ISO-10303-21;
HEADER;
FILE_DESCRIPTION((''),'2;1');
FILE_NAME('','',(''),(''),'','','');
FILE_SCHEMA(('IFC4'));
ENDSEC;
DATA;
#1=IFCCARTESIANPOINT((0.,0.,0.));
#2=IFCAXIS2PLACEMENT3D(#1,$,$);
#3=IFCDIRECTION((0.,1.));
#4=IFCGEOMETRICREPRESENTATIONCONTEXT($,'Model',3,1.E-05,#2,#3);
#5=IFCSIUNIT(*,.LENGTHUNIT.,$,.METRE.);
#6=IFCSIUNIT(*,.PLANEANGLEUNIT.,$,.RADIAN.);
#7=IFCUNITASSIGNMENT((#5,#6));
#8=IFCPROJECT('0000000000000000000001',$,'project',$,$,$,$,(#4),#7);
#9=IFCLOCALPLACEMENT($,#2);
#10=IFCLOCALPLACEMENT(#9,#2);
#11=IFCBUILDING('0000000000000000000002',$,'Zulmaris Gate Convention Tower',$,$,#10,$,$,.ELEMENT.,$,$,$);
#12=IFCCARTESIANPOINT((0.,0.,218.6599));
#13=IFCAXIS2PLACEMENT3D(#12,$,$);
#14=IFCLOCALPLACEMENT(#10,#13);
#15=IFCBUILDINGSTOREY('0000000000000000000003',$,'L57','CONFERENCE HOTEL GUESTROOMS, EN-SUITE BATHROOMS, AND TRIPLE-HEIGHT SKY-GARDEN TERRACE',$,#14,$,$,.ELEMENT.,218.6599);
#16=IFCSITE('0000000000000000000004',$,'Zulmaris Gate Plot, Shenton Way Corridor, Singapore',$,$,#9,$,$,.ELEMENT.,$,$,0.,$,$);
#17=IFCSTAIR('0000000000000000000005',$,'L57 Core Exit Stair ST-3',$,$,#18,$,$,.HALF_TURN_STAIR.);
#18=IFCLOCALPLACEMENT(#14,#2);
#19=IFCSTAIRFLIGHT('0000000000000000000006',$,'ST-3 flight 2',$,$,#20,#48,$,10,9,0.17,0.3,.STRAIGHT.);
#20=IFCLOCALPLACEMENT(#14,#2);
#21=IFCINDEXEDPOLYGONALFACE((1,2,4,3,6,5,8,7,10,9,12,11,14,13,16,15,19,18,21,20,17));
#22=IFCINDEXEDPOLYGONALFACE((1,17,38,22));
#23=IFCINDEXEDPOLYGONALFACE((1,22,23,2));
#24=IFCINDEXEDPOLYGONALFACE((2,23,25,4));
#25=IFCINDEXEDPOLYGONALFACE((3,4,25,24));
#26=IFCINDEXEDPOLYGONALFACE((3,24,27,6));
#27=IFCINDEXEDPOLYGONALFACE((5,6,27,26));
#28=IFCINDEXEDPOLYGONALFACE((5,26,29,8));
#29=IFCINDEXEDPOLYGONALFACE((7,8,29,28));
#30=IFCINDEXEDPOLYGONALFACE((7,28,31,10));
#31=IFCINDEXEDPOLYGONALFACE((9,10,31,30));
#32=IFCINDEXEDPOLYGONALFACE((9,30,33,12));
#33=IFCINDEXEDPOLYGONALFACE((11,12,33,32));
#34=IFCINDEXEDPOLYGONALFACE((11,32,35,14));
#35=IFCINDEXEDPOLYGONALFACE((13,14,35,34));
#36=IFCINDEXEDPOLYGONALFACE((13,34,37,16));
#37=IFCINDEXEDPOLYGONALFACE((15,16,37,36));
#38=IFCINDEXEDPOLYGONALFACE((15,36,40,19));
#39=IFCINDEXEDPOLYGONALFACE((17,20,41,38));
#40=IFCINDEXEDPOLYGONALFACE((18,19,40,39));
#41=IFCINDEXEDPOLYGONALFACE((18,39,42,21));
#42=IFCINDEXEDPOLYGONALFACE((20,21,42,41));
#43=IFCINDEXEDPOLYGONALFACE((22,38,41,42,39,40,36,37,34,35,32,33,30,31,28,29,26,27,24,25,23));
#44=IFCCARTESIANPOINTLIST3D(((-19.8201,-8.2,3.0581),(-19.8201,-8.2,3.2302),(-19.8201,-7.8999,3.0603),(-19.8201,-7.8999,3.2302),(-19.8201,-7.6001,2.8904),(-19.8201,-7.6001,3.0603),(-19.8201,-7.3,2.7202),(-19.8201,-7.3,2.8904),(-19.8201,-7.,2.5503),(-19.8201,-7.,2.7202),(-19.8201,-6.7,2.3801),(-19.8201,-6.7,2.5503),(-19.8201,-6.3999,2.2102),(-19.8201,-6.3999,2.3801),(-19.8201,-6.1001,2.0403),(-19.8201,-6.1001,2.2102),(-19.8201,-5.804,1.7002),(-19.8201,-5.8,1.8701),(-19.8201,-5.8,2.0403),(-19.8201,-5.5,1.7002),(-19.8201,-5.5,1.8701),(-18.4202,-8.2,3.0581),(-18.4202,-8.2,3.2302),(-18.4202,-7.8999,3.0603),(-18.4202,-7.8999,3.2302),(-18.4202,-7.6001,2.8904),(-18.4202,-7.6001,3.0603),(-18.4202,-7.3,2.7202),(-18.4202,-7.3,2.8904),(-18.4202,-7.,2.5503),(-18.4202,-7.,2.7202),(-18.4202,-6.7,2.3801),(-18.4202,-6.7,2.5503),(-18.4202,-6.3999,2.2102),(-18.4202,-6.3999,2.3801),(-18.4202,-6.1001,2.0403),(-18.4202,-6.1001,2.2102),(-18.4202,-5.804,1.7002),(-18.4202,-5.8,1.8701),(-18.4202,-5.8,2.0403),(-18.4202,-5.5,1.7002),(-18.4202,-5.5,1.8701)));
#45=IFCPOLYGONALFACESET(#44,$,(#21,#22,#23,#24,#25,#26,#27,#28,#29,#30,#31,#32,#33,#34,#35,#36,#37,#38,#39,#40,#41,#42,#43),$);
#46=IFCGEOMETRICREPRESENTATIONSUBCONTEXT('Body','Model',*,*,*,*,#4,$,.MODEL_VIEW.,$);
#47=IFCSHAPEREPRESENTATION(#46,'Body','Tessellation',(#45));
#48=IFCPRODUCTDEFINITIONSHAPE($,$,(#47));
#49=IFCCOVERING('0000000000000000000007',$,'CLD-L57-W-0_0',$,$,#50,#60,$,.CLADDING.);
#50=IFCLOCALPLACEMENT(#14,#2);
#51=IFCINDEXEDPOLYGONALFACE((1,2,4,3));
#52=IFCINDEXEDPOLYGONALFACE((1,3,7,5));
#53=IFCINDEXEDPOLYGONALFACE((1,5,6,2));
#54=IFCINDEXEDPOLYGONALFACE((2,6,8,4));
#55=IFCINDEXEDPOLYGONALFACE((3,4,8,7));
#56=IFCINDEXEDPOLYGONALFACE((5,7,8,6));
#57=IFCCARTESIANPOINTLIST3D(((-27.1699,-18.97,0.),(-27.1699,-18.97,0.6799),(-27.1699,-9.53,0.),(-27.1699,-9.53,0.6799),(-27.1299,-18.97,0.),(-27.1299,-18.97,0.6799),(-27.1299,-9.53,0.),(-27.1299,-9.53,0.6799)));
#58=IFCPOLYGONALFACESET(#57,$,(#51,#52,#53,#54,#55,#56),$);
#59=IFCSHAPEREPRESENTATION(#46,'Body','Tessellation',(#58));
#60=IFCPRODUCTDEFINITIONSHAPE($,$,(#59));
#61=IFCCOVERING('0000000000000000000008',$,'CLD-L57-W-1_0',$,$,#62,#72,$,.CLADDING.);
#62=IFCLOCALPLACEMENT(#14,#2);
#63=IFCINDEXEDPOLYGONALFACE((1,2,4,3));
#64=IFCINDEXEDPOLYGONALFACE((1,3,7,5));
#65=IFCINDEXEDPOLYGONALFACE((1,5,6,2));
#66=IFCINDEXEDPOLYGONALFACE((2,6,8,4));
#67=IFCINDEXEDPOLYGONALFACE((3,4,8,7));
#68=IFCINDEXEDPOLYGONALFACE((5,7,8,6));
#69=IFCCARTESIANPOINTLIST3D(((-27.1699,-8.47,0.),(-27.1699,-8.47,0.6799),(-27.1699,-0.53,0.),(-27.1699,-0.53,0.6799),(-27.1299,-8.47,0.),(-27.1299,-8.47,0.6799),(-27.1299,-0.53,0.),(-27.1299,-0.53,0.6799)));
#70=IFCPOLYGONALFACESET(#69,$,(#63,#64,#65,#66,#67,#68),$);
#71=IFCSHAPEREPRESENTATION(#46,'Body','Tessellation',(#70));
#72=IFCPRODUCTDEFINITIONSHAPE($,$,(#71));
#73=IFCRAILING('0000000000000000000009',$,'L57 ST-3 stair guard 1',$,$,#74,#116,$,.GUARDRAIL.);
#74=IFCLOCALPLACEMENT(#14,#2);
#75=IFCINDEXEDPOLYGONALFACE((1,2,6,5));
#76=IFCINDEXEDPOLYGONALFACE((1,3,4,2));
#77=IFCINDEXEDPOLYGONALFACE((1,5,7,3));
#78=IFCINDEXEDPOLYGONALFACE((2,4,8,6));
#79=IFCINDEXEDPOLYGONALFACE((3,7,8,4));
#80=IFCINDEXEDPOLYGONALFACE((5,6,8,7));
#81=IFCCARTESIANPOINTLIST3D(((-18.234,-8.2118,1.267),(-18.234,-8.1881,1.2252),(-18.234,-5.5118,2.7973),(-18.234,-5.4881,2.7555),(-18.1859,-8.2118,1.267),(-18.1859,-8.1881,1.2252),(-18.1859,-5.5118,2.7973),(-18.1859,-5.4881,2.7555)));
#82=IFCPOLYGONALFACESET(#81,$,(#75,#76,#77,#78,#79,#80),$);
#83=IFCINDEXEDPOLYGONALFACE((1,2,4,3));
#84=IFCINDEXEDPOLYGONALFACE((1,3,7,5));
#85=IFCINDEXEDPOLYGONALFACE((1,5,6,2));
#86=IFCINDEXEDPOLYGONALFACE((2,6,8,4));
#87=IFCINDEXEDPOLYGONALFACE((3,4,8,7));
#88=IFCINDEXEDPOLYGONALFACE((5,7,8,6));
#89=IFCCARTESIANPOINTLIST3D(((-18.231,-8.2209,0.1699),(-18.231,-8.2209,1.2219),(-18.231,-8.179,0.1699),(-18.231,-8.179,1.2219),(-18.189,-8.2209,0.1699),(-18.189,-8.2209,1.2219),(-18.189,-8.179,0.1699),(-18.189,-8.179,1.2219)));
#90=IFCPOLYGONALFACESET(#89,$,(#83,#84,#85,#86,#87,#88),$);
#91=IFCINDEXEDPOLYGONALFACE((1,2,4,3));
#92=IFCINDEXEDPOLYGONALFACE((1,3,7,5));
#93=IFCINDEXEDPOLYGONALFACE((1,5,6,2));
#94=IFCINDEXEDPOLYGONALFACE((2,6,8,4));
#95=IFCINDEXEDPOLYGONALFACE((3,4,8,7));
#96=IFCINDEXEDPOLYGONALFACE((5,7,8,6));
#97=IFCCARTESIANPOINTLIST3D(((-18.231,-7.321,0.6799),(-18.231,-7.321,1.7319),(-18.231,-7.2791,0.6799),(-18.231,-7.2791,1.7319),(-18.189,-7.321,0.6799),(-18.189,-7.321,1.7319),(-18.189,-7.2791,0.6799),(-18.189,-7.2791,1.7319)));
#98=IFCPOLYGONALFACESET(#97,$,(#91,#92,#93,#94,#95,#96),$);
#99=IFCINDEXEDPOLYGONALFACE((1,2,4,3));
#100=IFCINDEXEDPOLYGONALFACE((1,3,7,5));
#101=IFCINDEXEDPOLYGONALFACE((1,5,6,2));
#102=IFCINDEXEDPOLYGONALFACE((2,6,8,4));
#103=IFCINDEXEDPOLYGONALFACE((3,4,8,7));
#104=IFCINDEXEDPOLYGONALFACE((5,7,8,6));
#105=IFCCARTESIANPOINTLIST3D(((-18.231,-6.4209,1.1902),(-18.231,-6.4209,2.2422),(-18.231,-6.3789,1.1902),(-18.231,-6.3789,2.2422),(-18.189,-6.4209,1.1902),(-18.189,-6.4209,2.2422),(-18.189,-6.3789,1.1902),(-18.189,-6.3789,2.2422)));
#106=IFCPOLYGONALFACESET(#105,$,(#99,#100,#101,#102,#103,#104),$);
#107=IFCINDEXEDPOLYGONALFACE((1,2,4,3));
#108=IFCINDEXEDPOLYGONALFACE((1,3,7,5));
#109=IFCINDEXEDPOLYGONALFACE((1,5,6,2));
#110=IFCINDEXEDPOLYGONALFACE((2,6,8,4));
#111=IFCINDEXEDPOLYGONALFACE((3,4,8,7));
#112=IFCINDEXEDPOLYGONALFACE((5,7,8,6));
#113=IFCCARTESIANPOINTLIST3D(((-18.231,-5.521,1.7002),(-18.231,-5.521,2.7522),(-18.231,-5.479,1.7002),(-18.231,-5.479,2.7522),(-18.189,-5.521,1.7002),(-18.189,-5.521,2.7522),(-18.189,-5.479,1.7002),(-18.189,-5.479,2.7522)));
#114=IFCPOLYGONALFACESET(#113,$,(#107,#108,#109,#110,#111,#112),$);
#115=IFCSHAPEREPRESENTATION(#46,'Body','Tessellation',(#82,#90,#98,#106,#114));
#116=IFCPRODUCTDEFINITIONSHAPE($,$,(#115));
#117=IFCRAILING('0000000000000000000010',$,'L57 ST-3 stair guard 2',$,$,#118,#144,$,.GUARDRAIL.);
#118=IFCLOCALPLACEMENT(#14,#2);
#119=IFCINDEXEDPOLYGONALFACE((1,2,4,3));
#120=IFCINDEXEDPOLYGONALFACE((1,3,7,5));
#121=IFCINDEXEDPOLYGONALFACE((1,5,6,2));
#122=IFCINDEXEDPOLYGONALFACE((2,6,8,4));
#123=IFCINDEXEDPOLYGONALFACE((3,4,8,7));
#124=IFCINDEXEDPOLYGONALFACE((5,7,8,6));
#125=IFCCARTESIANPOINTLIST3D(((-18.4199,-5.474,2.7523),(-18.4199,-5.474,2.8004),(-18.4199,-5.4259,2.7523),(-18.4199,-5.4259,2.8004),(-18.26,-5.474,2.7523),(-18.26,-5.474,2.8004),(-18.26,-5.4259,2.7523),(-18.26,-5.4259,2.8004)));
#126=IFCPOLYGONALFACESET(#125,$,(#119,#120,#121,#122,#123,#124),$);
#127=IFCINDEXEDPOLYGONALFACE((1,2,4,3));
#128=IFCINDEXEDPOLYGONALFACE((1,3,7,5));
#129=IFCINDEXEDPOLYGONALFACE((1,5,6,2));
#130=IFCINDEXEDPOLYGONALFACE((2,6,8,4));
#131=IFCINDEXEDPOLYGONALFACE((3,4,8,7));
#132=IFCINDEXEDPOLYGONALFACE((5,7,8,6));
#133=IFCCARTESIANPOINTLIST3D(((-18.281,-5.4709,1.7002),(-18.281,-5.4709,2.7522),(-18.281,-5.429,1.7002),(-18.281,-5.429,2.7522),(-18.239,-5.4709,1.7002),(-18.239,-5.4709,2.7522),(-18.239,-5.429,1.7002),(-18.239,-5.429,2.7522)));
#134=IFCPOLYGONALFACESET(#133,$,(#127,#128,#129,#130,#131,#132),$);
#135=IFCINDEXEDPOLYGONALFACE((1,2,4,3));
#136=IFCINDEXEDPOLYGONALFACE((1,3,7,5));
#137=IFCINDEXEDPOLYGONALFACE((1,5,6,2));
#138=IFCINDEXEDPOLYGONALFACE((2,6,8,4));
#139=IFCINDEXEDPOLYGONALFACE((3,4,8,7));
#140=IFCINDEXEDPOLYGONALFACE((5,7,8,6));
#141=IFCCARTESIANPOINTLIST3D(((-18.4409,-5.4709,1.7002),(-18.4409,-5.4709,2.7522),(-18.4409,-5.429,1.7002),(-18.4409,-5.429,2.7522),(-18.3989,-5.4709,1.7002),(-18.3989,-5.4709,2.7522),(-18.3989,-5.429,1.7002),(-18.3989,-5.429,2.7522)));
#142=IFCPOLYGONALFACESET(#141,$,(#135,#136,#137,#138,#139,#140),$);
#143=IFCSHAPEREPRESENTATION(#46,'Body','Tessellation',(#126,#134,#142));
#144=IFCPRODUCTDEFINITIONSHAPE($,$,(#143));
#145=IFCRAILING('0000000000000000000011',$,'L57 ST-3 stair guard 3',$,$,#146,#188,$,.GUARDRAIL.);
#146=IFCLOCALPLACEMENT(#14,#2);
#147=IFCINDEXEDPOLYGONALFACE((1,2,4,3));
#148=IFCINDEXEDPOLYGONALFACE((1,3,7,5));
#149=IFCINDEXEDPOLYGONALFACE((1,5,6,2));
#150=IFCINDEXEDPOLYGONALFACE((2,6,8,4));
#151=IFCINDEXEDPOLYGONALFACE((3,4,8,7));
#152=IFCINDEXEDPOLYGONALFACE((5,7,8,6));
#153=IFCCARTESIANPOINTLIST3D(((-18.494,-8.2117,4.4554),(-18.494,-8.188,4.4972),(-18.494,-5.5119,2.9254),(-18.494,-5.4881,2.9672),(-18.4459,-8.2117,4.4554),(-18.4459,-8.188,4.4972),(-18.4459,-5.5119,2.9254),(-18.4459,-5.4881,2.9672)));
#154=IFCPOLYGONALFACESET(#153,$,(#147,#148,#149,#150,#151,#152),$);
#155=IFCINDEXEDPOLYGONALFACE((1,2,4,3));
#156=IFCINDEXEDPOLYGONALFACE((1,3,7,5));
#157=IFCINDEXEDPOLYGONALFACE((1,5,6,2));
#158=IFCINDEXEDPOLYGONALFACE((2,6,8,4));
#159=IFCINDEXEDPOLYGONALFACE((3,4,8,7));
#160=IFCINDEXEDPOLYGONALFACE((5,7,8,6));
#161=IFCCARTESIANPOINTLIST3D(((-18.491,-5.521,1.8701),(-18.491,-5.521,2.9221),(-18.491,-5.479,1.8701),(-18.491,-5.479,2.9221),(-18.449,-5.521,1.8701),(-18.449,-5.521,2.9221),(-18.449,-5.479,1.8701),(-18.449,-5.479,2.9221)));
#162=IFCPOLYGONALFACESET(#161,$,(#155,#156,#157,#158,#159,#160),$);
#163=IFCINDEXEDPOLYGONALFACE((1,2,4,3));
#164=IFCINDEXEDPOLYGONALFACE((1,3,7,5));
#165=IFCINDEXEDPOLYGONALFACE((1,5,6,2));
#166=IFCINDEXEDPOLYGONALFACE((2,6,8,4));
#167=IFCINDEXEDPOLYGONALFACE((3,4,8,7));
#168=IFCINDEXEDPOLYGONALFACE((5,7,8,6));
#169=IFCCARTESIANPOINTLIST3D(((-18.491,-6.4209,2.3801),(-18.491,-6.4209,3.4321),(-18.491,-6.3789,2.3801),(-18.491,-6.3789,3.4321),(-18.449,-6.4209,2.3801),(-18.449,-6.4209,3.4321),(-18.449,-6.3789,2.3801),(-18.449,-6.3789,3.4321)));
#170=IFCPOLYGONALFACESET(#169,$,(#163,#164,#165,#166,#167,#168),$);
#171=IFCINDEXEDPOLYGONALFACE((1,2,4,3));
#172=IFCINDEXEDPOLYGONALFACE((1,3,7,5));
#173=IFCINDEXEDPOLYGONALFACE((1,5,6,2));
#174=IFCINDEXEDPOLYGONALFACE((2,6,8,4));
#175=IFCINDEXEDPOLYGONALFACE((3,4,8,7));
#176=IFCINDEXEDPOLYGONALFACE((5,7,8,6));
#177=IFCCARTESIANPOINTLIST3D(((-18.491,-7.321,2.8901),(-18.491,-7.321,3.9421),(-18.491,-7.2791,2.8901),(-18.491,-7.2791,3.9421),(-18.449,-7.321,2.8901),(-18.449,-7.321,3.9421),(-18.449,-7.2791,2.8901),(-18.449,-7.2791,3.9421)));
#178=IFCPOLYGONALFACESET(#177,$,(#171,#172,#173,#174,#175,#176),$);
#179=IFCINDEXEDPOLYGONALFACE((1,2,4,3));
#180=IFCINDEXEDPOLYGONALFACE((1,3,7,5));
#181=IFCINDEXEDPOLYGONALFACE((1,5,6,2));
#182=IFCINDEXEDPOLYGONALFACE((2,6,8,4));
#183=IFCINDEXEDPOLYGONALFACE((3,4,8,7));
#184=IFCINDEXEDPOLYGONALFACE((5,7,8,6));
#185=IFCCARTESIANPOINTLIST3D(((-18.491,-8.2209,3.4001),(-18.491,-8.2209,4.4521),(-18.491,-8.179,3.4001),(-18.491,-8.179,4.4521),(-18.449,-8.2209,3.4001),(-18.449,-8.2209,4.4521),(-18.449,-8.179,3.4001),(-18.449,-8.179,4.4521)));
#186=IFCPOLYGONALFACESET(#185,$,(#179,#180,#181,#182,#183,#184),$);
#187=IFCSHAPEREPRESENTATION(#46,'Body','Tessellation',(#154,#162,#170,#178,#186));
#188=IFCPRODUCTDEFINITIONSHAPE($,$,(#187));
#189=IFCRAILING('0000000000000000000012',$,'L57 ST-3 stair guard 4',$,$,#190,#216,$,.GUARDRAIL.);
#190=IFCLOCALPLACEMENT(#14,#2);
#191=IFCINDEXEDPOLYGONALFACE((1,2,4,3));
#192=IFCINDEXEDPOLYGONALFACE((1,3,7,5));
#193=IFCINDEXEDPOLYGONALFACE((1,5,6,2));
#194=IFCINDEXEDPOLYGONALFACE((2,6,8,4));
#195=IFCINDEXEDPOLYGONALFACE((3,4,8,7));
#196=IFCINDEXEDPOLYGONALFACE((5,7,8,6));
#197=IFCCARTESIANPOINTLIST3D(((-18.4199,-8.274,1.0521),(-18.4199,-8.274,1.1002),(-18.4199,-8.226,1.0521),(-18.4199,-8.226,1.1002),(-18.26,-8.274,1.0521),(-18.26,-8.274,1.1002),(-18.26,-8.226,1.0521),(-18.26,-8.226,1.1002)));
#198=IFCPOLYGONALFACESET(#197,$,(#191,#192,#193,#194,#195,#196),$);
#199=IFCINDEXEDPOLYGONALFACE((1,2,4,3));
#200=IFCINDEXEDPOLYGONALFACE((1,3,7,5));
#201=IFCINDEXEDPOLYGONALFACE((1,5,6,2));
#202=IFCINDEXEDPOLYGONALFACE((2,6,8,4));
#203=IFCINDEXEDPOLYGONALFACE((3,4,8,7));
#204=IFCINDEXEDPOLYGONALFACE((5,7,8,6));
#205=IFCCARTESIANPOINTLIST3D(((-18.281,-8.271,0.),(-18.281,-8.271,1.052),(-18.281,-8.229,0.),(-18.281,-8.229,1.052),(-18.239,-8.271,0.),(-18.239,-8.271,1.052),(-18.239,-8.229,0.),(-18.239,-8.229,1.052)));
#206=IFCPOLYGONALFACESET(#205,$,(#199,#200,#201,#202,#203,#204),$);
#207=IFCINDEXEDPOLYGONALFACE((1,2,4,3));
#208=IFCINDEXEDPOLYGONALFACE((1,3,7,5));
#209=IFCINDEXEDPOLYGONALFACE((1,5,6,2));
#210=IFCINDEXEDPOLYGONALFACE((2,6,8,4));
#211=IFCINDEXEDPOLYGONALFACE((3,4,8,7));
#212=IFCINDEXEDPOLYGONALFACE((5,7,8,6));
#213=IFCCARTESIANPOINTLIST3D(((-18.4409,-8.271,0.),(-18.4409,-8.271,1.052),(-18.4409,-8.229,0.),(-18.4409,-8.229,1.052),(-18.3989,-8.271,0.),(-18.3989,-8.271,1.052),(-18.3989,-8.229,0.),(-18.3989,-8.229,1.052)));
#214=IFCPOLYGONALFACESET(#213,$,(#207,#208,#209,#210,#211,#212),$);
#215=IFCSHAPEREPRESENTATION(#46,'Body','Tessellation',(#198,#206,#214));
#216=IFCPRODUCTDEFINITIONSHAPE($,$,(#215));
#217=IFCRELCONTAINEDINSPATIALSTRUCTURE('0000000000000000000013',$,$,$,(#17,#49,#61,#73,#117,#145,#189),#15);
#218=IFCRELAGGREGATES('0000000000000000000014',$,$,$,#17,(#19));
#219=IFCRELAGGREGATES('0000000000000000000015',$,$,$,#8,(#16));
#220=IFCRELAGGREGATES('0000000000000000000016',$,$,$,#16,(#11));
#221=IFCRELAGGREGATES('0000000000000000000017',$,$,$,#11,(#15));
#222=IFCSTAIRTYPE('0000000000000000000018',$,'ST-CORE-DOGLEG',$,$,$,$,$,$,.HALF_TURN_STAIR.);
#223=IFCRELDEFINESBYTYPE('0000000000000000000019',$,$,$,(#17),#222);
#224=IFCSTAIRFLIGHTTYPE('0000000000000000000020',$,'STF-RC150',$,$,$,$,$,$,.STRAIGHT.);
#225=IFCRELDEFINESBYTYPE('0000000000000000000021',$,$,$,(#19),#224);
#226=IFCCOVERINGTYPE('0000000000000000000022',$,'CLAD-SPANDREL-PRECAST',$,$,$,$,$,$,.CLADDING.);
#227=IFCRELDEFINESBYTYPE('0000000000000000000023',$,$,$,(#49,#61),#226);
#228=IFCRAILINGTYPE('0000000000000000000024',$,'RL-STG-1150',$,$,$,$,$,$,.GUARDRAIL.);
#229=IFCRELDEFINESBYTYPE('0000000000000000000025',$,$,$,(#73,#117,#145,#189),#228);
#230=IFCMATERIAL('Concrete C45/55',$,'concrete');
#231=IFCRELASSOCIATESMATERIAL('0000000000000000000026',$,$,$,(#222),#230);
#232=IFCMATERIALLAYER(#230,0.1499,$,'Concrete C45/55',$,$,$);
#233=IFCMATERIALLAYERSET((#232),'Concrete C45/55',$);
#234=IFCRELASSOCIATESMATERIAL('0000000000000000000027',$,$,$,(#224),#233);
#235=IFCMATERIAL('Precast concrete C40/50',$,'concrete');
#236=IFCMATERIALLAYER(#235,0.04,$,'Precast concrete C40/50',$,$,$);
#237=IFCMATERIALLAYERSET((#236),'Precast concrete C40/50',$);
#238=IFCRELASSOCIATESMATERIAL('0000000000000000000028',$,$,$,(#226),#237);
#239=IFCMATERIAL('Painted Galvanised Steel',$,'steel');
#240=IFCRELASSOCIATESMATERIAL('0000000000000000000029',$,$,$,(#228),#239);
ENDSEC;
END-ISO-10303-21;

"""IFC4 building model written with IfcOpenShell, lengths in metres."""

from ifc_helpers import new_model, si_unit, direction, frame, frame_2d, origin, origin_2d, place, context, subcontext, project, spatial, polyline, rectangle, outline, extrude, material, layer, layer_set, type_object, element, aggregate, save


model = new_model("IFC4")

# Units and contexts
model_context = context("Model", 3, precision=1e-05, world=origin(), true_north=direction((0.0, 1.0)))
body_context = subcontext(model_context, "Body", "Model", "MODEL_VIEW")
ifc_project = project(units=[si_unit("LENGTHUNIT", "METRE"), si_unit("PLANEANGLEUNIT", "RADIAN")], contexts=[model_context])

# Site, building, storey
site_placement = place(None, origin())
site = spatial("IfcSite", under=ifc_project, at=site_placement, Name="Zulmaris Gate Plot, Shenton Way Corridor, Singapore", CompositionType="ELEMENT", RefElevation=0.0)
building_placement = place(site_placement, origin())
building = spatial("IfcBuilding", under=site, at=building_placement, Name="Zulmaris Gate Convention Tower", CompositionType="ELEMENT")
storey_placement = place(building_placement, frame((0.0, 0.0, 218.6599)))
storey = spatial("IfcBuildingStorey", under=building, at=storey_placement, Name="L57", Description="CONFERENCE HOTEL GUESTROOMS, EN-SUITE BATHROOMS, AND TRIPLE-HEIGHT SKY-GARDEN TERRACE", CompositionType="ELEMENT", Elevation=218.6599)

# Shared definitions
ifc_material_1 = material(Name="Precast concrete C40/50", Category="concrete")

# Stair, stair flight
ifc_material_2 = material(Name="Concrete C45/55", Category="concrete")
stair_type = type_object("IfcStairType", Name="ST-CORE-DOGLEG", PredefinedType="HALF_TURN_STAIR", material=ifc_material_2)
stair_placement = place(storey_placement, origin())
stair = element("IfcStair", 1, at=stair_placement, inside=storey, type_object=stair_type, Name="L57 Core Exit Stair ST-3", PredefinedType="HALF_TURN_STAIR")
ifc_layer_1 = layer(ifc_material_2, 0.1499, Name="Concrete C45/55")
ifc_layer_set_1 = layer_set([ifc_layer_1], Name="Concrete C45/55")
stair_flight_type = type_object("IfcStairFlightType", Name="STF-RC150", PredefinedType="STRAIGHT", material=ifc_layer_set_1)
stair_flight_placement = place(storey_placement, frame((-19.1201, -5.5, 1.7002), z_axis=(0.0, 0.0, 1.0), x_axis=(0.0, -1.0, 0.0)))
stair_flight = element("IfcStairFlight", 2, at=stair_flight_placement, type_object=stair_flight_type, Name="ST-3 flight 2", NumberOfRisers=10, NumberOfTreads=9, PredefinedType="STRAIGHT", RiserHeight=0.17, TreadLength=0.3, context=body_context, shape_type="SweptSolid", body=[
    extrude(outline(polyline([(0.0, 0.0), (0.0, 0.1699), (0.3, 0.1699), (0.3, 0.3401), (0.6001, 0.3401), (0.6001, 0.51), (0.8999, 0.51), (0.8999, 0.6799), (1.2, 0.6799), (1.2, 0.8501), (1.5, 0.8501), (1.5, 1.02), (1.8, 1.02), (1.8, 1.1902), (2.1001, 1.1902), (2.1001, 1.3601), (2.3999, 1.3601), (2.3999, 1.53), (2.7, 1.53), (2.7, 1.7002), (2.7, 1.3579), (0.304, 0.0), (0.0, 0.0)])), frame((0.0, 0.7, 0.0), z_axis=(0.0, -1.0, 0.0), x_axis=(1.0, 0.0, 0.0)), (0.0, 0.0, 1.0), 1.3999),
])
aggregate(stair, [stair_flight])

# Coverings
ifc_layer_2 = layer(ifc_material_1, 0.04, Name="Precast concrete C40/50")
ifc_layer_set_2 = layer_set([ifc_layer_2], Name="Precast concrete C40/50")
covering_type = type_object("IfcCoveringType", Name="CLAD-SPANDREL-PRECAST", PredefinedType="CLADDING", material=ifc_layer_set_2)
covering_1_placement = place(storey_placement, frame((-27.1499, -9.53, 0.0), z_axis=(0.0, 0.0, 1.0), x_axis=(0.0, -1.0, 0.0)))
element("IfcCovering", 3, at=covering_1_placement, inside=storey, type_object=covering_type, Name="CLD-L57-W-0_0", PredefinedType="CLADDING", context=body_context, shape_type="SweptSolid", body=[
    extrude(rectangle(XDim=9.4399, YDim=0.04, at=frame_2d((4.72, 0.0))), origin(), (0.0, 0.0, 1.0), 0.6799),
])
covering_2_placement = place(storey_placement, frame((-27.1499, -0.53, 0.0), z_axis=(0.0, 0.0, 1.0), x_axis=(0.0, -1.0, 0.0)))
element("IfcCovering", 4, at=covering_2_placement, inside=storey, type_object=covering_type, Name="CLD-L57-W-1_0", PredefinedType="CLADDING", context=body_context, shape_type="SweptSolid", body=[
    extrude(rectangle(XDim=7.9399, YDim=0.04, at=frame_2d((3.97, 0.0))), origin(), (0.0, 0.0, 1.0), 0.6799),
])

# Railings
ifc_material_3 = material(Name="Painted Galvanised Steel", Category="steel")
railing_type_1 = type_object("IfcRailingType", Name="RL-STG-1150", PredefinedType="GUARDRAIL", material=ifc_material_3)
railing_1_placement = place(storey_placement, frame((-18.21, -8.2, 0.1699)))
element("IfcRailing", 5, at=railing_1_placement, inside=storey, type_object=railing_type_1, Name="L57 ST-3 stair guard 1", PredefinedType="GUARDRAIL", context=body_context, shape_type="SweptSolid", body=[
    extrude(rectangle(XDim=0.0481, YDim=0.0481, at=origin_2d()), frame((0.0, 0.0, 1.0762), z_axis=(0.0, 0.869981, 0.493086), x_axis=(-1.0, 0.0, 0.0)), (0.0, 0.0, 1.0), 3.1035),
    extrude(rectangle(XDim=0.042, YDim=0.042, at=origin_2d()), origin(), (0.0, 0.0, 1.0), 1.052),
    extrude(rectangle(XDim=0.042, YDim=0.042, at=origin_2d()), frame((0.0, 0.8999, 0.51)), (0.0, 0.0, 1.0), 1.052),
    extrude(rectangle(XDim=0.042, YDim=0.042, at=origin_2d()), frame((0.0, 1.8, 1.0203)), (0.0, 0.0, 1.0), 1.052),
    extrude(rectangle(XDim=0.042, YDim=0.042, at=origin_2d()), frame((0.0, 2.7, 1.5303)), (0.0, 0.0, 1.0), 1.052),
])
railing_2_placement = place(storey_placement, frame((-18.26, -5.45, 1.7002)))
element("IfcRailing", 6, at=railing_2_placement, inside=storey, type_object=railing_type_1, Name="L57 ST-3 stair guard 2", PredefinedType="GUARDRAIL", context=body_context, shape_type="SweptSolid", body=[
    extrude(rectangle(XDim=0.0481, YDim=0.0481, at=origin_2d()), frame((0.0, 0.0, 1.0762), z_axis=(-1.0, 0.0, 0.0), x_axis=(0.0, -1.0, 0.0)), (0.0, 0.0, 1.0), 0.1599),
    extrude(rectangle(XDim=0.042, YDim=0.042, at=origin_2d()), origin(), (0.0, 0.0, 1.0), 1.052),
    extrude(rectangle(XDim=0.042, YDim=0.042, at=origin_2d()), frame((-0.1599, 0.0, 0.0)), (0.0, 0.0, 1.0), 1.052),
])
railing_3_placement = place(storey_placement, frame((-18.47, -5.5, 1.8701)))
element("IfcRailing", 7, at=railing_3_placement, inside=storey, type_object=railing_type_1, Name="L57 ST-3 stair guard 3", PredefinedType="GUARDRAIL", context=body_context, shape_type="SweptSolid", body=[
    extrude(rectangle(XDim=0.0481, YDim=0.0481, at=origin_2d()), frame((0.0, 0.0, 1.0762), z_axis=(0.0, -0.870014, 0.493026), x_axis=(1.0, 0.0, 0.0)), (0.0, 0.0, 1.0), 3.1033),
    extrude(rectangle(XDim=0.042, YDim=0.042, at=origin_2d()), origin(), (0.0, 0.0, 1.0), 1.052),
    extrude(rectangle(XDim=0.042, YDim=0.042, at=origin_2d()), frame((0.0, -0.8999, 0.51)), (0.0, 0.0, 1.0), 1.052),
    extrude(rectangle(XDim=0.042, YDim=0.042, at=origin_2d()), frame((0.0, -1.8, 1.02)), (0.0, 0.0, 1.0), 1.052),
    extrude(rectangle(XDim=0.042, YDim=0.042, at=origin_2d()), frame((0.0, -2.7, 1.53)), (0.0, 0.0, 1.0), 1.052),
])
railing_4_placement = place(storey_placement, frame((-18.26, -8.25, 0.0)))
element("IfcRailing", 8, at=railing_4_placement, inside=storey, type_object=railing_type_1, Name="L57 ST-3 stair guard 4", PredefinedType="GUARDRAIL", context=body_context, shape_type="SweptSolid", body=[
    extrude(rectangle(XDim=0.0481, YDim=0.0481, at=origin_2d()), frame((0.0, 0.0, 1.0762), z_axis=(-1.0, 0.0, 0.0), x_axis=(0.0, -1.0, 0.0)), (0.0, 0.0, 1.0), 0.1599),
    extrude(rectangle(XDim=0.042, YDim=0.042, at=origin_2d()), origin(), (0.0, 0.0, 1.0), 1.052),
    extrude(rectangle(XDim=0.042, YDim=0.042, at=origin_2d()), frame((-0.1599, 0.0, 0.0)), (0.0, 0.0, 1.0), 1.052),
])

save(model, "model.ifc")
